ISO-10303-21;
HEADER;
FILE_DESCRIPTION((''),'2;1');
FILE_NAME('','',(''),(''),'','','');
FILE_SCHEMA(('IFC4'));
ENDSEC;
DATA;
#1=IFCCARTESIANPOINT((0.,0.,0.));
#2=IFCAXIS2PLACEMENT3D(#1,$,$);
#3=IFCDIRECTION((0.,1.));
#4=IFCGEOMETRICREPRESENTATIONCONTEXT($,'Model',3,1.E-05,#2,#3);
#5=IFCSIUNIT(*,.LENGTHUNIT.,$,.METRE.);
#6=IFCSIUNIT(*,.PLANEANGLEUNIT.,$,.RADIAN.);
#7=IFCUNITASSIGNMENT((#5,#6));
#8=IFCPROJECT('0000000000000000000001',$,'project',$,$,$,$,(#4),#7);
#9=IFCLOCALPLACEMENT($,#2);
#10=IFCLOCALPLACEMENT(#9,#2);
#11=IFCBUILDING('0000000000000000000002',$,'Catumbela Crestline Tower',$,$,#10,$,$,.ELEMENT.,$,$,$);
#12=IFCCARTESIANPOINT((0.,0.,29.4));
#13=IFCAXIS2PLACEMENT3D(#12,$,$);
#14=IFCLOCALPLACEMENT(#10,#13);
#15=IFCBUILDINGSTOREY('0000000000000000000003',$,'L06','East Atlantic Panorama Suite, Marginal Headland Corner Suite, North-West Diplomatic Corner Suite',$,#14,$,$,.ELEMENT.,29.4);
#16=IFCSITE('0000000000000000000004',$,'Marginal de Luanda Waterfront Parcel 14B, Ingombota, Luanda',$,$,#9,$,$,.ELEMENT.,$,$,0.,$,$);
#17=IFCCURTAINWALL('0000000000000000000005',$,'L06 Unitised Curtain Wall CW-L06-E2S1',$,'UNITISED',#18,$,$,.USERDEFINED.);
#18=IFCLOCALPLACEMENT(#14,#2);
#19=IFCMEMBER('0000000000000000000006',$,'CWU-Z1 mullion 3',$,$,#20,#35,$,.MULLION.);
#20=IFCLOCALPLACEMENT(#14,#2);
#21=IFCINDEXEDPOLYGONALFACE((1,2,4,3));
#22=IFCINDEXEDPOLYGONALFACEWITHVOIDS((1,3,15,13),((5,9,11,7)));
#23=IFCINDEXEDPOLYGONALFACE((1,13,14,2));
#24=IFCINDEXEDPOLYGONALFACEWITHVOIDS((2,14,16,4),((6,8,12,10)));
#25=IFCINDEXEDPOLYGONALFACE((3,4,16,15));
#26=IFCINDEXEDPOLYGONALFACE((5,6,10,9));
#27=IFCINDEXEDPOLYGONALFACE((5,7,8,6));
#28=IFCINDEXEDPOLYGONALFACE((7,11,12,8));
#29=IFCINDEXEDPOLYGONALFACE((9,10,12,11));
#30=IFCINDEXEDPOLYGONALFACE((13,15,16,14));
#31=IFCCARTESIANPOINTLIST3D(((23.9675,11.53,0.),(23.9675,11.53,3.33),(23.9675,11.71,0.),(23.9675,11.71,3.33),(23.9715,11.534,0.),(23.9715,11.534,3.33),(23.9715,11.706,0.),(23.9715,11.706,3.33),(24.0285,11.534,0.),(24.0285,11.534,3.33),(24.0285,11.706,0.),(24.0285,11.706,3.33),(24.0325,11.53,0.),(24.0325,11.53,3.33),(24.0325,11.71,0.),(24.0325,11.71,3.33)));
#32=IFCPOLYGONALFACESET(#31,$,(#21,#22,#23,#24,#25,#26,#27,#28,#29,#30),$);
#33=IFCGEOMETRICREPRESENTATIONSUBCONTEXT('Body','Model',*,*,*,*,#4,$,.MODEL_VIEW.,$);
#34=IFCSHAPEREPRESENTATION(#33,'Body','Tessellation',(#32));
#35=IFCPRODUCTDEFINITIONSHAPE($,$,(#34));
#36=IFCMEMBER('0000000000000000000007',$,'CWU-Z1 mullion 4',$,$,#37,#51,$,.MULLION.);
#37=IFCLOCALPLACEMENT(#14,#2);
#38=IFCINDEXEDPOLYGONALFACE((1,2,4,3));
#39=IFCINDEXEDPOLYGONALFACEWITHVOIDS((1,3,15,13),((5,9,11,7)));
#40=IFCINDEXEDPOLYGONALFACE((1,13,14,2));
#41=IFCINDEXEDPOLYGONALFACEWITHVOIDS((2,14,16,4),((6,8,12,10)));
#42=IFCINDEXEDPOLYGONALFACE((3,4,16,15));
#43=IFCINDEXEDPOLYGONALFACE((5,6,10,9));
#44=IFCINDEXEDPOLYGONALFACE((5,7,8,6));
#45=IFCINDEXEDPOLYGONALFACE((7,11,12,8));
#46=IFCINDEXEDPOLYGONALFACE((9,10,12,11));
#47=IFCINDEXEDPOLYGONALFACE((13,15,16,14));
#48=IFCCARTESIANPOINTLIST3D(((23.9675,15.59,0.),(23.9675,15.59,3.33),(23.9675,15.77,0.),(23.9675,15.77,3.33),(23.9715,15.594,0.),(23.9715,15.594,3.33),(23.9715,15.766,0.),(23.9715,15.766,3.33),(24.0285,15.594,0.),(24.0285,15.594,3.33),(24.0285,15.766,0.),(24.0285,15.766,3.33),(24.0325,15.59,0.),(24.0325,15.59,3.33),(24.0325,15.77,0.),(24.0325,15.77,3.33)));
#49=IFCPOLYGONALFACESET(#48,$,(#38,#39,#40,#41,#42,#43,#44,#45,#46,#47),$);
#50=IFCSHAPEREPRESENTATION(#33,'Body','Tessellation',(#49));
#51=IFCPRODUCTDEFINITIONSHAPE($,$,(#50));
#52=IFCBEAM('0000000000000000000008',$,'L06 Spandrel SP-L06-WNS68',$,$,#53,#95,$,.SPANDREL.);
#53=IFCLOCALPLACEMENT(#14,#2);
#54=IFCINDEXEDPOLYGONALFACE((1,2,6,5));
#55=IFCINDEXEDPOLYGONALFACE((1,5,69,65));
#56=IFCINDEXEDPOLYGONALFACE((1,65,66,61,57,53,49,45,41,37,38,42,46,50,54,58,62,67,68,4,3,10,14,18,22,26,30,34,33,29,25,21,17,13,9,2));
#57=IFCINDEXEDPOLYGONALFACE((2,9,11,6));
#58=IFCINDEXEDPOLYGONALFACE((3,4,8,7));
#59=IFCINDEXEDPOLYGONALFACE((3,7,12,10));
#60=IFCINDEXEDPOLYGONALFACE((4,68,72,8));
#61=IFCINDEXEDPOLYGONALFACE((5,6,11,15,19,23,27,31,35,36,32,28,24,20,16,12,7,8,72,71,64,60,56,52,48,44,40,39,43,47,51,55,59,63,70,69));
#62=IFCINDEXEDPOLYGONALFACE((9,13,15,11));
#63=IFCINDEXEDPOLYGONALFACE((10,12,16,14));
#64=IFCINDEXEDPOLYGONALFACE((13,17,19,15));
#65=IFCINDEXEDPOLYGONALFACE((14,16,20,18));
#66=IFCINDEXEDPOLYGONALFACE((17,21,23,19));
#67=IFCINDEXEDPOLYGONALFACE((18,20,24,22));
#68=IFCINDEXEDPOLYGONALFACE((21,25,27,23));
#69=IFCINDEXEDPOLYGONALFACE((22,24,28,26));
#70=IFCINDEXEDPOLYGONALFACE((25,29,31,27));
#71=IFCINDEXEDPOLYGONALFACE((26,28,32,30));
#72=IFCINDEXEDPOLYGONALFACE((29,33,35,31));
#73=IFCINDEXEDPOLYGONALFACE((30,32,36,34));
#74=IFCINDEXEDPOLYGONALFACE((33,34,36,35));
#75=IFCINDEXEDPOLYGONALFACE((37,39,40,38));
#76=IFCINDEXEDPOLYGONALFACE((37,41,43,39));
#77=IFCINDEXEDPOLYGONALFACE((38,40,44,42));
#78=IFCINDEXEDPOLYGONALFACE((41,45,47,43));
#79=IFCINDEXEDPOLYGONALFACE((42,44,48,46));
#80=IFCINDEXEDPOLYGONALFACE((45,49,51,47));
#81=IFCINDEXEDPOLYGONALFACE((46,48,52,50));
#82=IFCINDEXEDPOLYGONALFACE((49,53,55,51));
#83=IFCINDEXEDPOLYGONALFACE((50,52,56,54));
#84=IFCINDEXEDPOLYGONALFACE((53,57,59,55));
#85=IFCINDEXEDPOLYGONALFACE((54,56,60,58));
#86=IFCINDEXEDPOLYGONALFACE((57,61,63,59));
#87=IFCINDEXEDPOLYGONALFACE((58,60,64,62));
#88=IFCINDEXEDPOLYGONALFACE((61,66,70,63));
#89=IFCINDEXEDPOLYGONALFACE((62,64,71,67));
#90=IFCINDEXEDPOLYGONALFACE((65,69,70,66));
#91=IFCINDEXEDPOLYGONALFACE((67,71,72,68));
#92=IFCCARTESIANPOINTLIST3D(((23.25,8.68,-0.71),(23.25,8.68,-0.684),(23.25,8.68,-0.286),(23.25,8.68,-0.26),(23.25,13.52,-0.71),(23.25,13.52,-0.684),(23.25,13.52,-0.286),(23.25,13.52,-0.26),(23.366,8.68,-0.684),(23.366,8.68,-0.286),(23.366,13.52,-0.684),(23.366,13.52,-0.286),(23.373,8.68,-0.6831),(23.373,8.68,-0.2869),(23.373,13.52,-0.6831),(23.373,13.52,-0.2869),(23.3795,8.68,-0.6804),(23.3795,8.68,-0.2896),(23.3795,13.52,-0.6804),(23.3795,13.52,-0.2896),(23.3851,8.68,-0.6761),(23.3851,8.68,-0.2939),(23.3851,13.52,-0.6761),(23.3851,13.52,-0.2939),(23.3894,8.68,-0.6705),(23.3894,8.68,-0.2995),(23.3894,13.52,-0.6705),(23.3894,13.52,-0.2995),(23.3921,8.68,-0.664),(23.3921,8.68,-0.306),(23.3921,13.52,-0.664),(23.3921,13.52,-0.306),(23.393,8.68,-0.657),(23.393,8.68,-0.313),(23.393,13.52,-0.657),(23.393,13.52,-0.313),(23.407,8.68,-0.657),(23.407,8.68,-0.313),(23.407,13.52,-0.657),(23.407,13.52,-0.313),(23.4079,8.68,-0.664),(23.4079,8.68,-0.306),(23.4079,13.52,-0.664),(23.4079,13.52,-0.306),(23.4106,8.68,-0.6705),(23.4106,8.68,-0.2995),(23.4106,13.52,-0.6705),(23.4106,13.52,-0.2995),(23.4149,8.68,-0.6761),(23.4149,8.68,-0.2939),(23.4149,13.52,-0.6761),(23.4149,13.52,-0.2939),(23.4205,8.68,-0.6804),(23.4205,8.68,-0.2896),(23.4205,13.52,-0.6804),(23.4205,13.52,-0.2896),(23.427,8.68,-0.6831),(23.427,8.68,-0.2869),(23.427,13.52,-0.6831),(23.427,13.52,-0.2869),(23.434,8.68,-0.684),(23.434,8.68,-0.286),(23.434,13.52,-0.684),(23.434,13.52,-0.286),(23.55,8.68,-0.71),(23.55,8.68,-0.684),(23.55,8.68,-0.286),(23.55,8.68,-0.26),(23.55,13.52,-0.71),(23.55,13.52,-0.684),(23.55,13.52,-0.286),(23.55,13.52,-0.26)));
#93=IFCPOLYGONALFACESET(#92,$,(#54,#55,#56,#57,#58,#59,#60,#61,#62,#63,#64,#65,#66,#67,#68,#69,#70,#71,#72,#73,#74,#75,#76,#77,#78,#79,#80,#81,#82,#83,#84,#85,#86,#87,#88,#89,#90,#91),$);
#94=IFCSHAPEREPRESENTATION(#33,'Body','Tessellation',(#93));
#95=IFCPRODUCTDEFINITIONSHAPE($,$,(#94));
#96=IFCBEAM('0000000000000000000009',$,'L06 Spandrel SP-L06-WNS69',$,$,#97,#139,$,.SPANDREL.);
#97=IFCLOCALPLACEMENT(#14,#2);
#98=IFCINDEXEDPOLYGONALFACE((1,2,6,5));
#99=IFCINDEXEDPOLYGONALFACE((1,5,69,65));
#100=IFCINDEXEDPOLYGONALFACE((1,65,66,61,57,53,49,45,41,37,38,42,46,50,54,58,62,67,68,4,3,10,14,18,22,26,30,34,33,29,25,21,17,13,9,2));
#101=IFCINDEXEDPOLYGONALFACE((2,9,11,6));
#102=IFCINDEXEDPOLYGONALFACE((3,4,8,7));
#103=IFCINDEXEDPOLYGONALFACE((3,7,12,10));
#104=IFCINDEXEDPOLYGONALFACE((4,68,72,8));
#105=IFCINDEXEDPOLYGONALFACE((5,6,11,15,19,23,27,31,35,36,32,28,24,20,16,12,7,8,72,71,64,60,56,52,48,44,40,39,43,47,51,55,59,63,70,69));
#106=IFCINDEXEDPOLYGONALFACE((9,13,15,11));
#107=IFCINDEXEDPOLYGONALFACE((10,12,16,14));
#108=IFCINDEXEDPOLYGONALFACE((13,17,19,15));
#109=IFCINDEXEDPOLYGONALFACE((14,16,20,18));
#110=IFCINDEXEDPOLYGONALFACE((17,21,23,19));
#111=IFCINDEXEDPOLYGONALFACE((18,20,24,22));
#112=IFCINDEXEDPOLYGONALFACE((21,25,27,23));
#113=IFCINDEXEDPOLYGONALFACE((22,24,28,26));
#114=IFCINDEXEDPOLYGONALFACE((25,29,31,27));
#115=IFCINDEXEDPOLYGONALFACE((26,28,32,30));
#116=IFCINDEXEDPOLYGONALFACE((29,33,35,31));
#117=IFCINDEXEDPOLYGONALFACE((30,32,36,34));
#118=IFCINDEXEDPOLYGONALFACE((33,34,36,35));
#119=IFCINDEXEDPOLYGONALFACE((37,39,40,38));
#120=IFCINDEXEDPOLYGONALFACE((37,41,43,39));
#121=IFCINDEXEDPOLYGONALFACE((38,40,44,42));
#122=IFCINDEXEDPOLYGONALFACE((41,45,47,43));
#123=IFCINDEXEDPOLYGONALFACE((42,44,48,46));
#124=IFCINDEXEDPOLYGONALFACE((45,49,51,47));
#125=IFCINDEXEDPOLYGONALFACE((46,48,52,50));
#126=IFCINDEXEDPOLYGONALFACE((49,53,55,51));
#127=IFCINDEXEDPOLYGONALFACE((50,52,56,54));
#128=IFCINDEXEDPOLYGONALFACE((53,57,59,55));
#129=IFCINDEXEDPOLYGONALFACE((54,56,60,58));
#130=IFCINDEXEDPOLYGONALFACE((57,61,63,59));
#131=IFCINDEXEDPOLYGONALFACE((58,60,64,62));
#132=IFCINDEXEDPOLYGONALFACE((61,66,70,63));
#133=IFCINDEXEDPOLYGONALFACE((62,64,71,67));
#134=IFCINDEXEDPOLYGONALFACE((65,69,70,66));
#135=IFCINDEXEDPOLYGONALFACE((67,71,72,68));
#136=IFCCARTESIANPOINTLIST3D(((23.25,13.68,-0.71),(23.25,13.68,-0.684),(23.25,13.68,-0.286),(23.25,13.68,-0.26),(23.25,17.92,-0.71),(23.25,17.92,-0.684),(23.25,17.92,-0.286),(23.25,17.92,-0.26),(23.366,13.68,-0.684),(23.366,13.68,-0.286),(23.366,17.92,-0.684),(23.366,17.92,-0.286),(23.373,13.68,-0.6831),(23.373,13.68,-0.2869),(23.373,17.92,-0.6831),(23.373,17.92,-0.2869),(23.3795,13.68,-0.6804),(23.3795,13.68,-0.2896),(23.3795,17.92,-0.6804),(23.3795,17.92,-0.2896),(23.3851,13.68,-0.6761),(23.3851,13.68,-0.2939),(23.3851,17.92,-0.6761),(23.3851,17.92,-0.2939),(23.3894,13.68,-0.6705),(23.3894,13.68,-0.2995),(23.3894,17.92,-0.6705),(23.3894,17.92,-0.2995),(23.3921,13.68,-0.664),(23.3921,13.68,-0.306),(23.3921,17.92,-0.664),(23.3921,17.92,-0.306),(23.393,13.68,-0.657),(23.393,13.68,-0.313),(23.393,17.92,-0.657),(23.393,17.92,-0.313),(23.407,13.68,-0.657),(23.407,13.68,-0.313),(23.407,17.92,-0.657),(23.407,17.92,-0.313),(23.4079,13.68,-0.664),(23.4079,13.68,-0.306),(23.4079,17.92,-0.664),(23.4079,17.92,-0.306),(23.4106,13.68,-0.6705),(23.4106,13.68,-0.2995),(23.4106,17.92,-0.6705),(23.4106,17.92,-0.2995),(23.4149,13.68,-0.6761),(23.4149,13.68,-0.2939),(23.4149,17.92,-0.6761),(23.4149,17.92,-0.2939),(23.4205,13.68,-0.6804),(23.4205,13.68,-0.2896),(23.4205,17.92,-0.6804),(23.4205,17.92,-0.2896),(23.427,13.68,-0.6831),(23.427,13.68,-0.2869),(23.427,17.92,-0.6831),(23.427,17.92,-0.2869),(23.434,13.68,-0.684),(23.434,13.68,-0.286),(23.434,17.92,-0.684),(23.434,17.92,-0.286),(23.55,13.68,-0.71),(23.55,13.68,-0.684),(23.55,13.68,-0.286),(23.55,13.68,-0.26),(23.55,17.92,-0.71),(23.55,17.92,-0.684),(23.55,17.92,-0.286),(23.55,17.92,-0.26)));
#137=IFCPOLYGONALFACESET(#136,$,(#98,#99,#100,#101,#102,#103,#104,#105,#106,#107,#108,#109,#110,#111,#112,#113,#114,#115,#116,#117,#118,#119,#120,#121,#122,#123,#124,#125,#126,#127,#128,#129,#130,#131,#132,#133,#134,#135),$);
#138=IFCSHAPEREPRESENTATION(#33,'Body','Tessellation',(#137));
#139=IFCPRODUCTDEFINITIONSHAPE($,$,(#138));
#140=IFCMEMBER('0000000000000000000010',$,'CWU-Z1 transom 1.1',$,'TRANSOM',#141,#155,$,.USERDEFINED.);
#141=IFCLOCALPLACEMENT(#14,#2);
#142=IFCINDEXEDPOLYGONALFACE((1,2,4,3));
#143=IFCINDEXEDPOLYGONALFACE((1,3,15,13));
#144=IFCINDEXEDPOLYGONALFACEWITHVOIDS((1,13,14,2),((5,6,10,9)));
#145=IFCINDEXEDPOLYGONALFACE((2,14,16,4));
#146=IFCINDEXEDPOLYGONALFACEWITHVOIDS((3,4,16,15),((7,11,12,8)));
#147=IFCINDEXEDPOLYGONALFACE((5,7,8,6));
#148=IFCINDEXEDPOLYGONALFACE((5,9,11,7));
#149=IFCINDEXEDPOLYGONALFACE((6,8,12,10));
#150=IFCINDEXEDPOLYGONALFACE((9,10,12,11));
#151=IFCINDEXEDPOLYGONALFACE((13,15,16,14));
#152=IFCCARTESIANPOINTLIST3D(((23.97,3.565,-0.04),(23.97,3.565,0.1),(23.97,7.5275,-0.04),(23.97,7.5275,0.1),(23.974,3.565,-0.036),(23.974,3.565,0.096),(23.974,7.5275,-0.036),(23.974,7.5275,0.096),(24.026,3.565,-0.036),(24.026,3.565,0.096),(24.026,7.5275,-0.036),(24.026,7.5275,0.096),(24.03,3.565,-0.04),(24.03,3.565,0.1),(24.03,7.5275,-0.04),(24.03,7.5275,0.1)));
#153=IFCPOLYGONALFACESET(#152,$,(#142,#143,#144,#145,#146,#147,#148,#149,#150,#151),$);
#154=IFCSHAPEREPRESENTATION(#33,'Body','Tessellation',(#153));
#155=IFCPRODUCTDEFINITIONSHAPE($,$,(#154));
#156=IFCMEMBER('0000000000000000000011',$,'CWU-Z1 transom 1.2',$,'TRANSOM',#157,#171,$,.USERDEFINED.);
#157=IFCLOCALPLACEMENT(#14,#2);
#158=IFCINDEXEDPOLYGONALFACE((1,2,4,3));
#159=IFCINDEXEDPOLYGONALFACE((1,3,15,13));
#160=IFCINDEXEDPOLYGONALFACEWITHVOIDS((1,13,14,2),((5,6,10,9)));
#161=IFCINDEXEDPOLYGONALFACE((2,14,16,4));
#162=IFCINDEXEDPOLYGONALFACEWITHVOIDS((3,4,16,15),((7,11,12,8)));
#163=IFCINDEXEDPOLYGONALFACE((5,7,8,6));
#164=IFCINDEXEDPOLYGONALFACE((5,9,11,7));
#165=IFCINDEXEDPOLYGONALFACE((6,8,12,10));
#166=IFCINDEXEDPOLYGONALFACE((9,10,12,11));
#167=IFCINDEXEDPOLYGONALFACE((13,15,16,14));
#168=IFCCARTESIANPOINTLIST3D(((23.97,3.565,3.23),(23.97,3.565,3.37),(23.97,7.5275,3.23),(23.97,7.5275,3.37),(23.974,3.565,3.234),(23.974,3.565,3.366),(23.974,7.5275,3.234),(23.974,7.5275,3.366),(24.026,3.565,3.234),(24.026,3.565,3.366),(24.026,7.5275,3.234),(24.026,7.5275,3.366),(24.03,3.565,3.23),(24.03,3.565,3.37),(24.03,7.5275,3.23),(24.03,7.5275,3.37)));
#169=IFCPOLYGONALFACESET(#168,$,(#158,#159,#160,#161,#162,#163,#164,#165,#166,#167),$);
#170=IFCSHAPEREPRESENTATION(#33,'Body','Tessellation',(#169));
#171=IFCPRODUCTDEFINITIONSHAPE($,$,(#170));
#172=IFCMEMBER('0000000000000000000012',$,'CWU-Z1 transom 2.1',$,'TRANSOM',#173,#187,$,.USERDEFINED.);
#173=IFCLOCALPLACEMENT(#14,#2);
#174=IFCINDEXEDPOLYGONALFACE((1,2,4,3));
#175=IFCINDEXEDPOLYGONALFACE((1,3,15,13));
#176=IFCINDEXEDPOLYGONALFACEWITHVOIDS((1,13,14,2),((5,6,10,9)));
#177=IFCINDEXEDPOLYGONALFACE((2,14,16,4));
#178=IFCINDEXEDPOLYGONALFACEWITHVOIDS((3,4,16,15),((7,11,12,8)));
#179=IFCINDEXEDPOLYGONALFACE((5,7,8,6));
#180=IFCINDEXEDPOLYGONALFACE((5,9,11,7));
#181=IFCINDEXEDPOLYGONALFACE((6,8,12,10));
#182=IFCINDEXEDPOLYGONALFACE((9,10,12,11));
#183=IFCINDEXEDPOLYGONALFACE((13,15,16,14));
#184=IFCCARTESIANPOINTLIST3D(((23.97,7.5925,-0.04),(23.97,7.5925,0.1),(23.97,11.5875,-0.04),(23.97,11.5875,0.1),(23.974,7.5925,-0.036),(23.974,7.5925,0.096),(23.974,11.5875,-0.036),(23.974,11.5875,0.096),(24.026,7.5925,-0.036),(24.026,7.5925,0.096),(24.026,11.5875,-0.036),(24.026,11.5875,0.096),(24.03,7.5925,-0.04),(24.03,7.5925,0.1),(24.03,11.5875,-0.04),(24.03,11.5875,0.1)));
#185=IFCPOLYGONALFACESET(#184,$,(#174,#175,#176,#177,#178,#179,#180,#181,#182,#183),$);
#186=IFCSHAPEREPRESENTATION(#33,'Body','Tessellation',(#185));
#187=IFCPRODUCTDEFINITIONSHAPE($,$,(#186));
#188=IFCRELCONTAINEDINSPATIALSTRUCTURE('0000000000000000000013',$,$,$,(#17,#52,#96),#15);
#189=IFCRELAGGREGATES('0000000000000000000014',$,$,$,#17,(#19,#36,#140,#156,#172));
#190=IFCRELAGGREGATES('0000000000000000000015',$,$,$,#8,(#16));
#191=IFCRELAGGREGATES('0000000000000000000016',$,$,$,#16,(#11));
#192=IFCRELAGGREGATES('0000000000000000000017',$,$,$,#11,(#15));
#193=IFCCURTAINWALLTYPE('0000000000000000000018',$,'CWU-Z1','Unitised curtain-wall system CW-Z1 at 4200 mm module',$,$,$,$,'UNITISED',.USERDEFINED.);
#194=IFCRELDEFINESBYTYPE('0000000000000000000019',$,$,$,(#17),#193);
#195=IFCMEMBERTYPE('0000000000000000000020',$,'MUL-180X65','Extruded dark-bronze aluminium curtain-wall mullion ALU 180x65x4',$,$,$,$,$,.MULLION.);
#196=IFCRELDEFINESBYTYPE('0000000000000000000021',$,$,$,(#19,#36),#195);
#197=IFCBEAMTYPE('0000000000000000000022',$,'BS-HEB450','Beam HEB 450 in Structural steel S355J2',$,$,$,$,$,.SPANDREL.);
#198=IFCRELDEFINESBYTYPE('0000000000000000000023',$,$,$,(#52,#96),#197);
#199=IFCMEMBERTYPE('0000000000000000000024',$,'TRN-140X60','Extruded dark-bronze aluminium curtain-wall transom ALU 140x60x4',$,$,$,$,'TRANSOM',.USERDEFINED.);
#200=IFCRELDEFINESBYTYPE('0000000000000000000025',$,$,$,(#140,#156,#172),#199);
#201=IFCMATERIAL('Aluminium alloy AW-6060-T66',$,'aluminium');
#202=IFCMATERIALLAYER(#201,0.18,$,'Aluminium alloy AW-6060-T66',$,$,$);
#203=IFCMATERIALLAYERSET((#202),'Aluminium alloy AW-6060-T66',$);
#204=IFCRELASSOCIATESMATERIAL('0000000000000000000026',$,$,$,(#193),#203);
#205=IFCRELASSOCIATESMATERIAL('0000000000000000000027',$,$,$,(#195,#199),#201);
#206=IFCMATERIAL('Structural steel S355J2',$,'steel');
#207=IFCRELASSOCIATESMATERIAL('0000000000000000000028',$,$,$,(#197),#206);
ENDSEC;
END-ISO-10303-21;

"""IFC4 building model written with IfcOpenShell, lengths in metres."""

from ifc_helpers import new_model, si_unit, direction, frame, origin, origin_2d, place, context, subcontext, project, spatial, hollow_rectangle, i_section, extrude, material, layer, layer_set, material_profile, profile_set, type_object, element, aggregate, save


model = new_model("IFC4")

# Units and contexts
model_context = context("Model", 3, precision=1e-05, world=origin(), true_north=direction((0.0, 1.0)))
body_context = subcontext(model_context, "Body", "Model", "MODEL_VIEW")
ifc_project = project(units=[si_unit("LENGTHUNIT", "METRE"), si_unit("PLANEANGLEUNIT", "RADIAN")], contexts=[model_context])

# Site, building, storey
site_placement = place(None, origin())
site = spatial("IfcSite", under=ifc_project, at=site_placement, Name="Marginal de Luanda Waterfront Parcel 14B, Ingombota, Luanda", CompositionType="ELEMENT", RefElevation=0.0)
building_placement = place(site_placement, origin())
building = spatial("IfcBuilding", under=site, at=building_placement, Name="Catumbela Crestline Tower", CompositionType="ELEMENT")
storey_placement = place(building_placement, frame((0.0, 0.0, 29.4)))
storey = spatial("IfcBuildingStorey", under=building, at=storey_placement, Name="L06", Description="East Atlantic Panorama Suite, Marginal Headland Corner Suite, North-West Diplomatic Corner Suite", CompositionType="ELEMENT", Elevation=29.4)

# Shared definitions
ifc_material_1 = material(Name="Structural steel S355J2", Category="steel")

# Shared definitions
ifc_material_2 = material(Name="Aluminium alloy AW-6060-T66", Category="aluminium")
ifc_layer_1 = layer(ifc_material_2, 0.18, Name="Aluminium alloy AW-6060-T66")
ifc_layer_set_1 = layer_set([ifc_layer_1], Name="Aluminium alloy AW-6060-T66")
curtain_wall_type = type_object("IfcCurtainWallType", Name="CWU-Z1", Description="Unitised curtain-wall system CW-Z1 at 4200 mm module", ElementType="UNITISED", PredefinedType="USERDEFINED", material=ifc_layer_set_1)
ifc_material_profile_1 = material_profile(ifc_material_2, hollow_rectangle(XDim=0.065, YDim=0.18, WallThickness=0.004, at=origin_2d()), Name="ALU 180x65x4")
ifc_profile_set_1 = profile_set([ifc_material_profile_1], Name="Aluminium alloy AW-6060-T66")
member_type_1 = type_object("IfcMemberType", Name="MUL-180X65", Description="Extruded dark-bronze aluminium curtain-wall mullion ALU 180x65x4", PredefinedType="MULLION", material=ifc_profile_set_1)

# Curtain wall, members
curtain_wall_1_placement = place(storey_placement, origin())
curtain_wall_1 = element("IfcCurtainWall", 1, at=curtain_wall_1_placement, inside=storey, type_object=curtain_wall_type, Name="L06 Unitised Curtain Wall CW-L06-E2S1", ObjectType="UNITISED", PredefinedType="USERDEFINED")
member_1_placement = place(storey_placement, frame((24.0, 11.62, 0.0), z_axis=(0.0, 0.0, 1.0), x_axis=(-1.0, 0.0, 0.0)))
member_1 = element("IfcMember", 2, at=member_1_placement, type_object=member_type_1, Name="CWU-Z1 mullion 3", PredefinedType="MULLION", context=body_context, shape_type="SweptSolid", body=[
    extrude(hollow_rectangle(XDim=0.065, YDim=0.18, WallThickness=0.004, at=origin_2d()), origin(), (0.0, 0.0, 1.0), 3.33),
])
member_2_placement = place(storey_placement, frame((24.0, 15.68, 0.0), z_axis=(0.0, 0.0, 1.0), x_axis=(-1.0, 0.0, 0.0)))
member_2 = element("IfcMember", 3, at=member_2_placement, type_object=member_type_1, Name="CWU-Z1 mullion 4", PredefinedType="MULLION", context=body_context, shape_type="SweptSolid", body=[
    extrude(hollow_rectangle(XDim=0.065, YDim=0.18, WallThickness=0.004, at=origin_2d()), origin(), (0.0, 0.0, 1.0), 3.33),
])

# Beams
ifc_material_profile_2 = material_profile(ifc_material_1, i_section(OverallWidth=0.3, OverallDepth=0.45, WebThickness=0.014, FlangeThickness=0.026, FilletRadius=0.027, at=origin_2d()), Name="HEB 450")
ifc_profile_set_2 = profile_set([ifc_material_profile_2], Name="Structural steel S355J2")
beam_type_1 = type_object("IfcBeamType", Name="BS-HEB450", Description="Beam HEB 450 in Structural steel S355J2", PredefinedType="SPANDREL", material=ifc_profile_set_2)
beam_1_placement = place(storey_placement, frame((23.4, 8.68, -0.485), z_axis=(0.0, 1.0, 0.0), x_axis=(-1.0, 0.0, 0.0)))
element("IfcBeam", 4, at=beam_1_placement, inside=storey, type_object=beam_type_1, Name="L06 Spandrel SP-L06-WNS68", PredefinedType="SPANDREL", context=body_context, shape_type="SweptSolid", body=[
    extrude(i_section(OverallWidth=0.3, OverallDepth=0.45, WebThickness=0.014, FlangeThickness=0.026, FilletRadius=0.027, at=origin_2d()), origin(), (0.0, 0.0, 1.0), 4.84),
])
beam_2_placement = place(storey_placement, frame((23.4, 13.68, -0.485), z_axis=(0.0, 1.0, 0.0), x_axis=(-1.0, 0.0, 0.0)))
element("IfcBeam", 5, at=beam_2_placement, inside=storey, type_object=beam_type_1, Name="L06 Spandrel SP-L06-WNS69", PredefinedType="SPANDREL", context=body_context, shape_type="SweptSolid", body=[
    extrude(i_section(OverallWidth=0.3, OverallDepth=0.45, WebThickness=0.014, FlangeThickness=0.026, FilletRadius=0.027, at=origin_2d()), origin(), (0.0, 0.0, 1.0), 4.24),
])

# Members
ifc_material_profile_3 = material_profile(ifc_material_2, hollow_rectangle(XDim=0.06, YDim=0.14, WallThickness=0.004, at=origin_2d()), Name="ALU 140x60x4")
ifc_profile_set_3 = profile_set([ifc_material_profile_3], Name="Aluminium alloy AW-6060-T66")
member_type_2 = type_object("IfcMemberType", Name="TRN-140X60", Description="Extruded dark-bronze aluminium curtain-wall transom ALU 140x60x4", ElementType="TRANSOM", PredefinedType="USERDEFINED", material=ifc_profile_set_3)
member_3_placement = place(storey_placement, frame((24.0, 3.565, 0.03), z_axis=(0.0, 1.0, 0.0), x_axis=(-1.0, 0.0, 0.0)))
member_3 = element("IfcMember", 6, at=member_3_placement, type_object=member_type_2, Name="CWU-Z1 transom 1.1", ObjectType="TRANSOM", PredefinedType="USERDEFINED", context=body_context, shape_type="SweptSolid", body=[
    extrude(hollow_rectangle(XDim=0.06, YDim=0.14, WallThickness=0.004, at=origin_2d()), origin(), (0.0, 0.0, 1.0), 3.9625),
])
member_4_placement = place(storey_placement, frame((24.0, 3.565, 3.3), z_axis=(0.0, 1.0, 0.0), x_axis=(-1.0, 0.0, 0.0)))
member_4 = element("IfcMember", 7, at=member_4_placement, type_object=member_type_2, Name="CWU-Z1 transom 1.2", ObjectType="TRANSOM", PredefinedType="USERDEFINED", context=body_context, shape_type="SweptSolid", body=[
    extrude(hollow_rectangle(XDim=0.06, YDim=0.14, WallThickness=0.004, at=origin_2d()), origin(), (0.0, 0.0, 1.0), 3.9625),
])
member_5_placement = place(storey_placement, frame((24.0, 7.5925, 0.03), z_axis=(0.0, 1.0, 0.0), x_axis=(-1.0, 0.0, 0.0)))
member_5 = element("IfcMember", 8, at=member_5_placement, type_object=member_type_2, Name="CWU-Z1 transom 2.1", ObjectType="TRANSOM", PredefinedType="USERDEFINED", context=body_context, shape_type="SweptSolid", body=[
    extrude(hollow_rectangle(XDim=0.06, YDim=0.14, WallThickness=0.004, at=origin_2d()), origin(), (0.0, 0.0, 1.0), 3.995),
])

aggregate(curtain_wall_1, [member_1, member_2, member_3, member_4, member_5])

save(model, "model.ifc")
